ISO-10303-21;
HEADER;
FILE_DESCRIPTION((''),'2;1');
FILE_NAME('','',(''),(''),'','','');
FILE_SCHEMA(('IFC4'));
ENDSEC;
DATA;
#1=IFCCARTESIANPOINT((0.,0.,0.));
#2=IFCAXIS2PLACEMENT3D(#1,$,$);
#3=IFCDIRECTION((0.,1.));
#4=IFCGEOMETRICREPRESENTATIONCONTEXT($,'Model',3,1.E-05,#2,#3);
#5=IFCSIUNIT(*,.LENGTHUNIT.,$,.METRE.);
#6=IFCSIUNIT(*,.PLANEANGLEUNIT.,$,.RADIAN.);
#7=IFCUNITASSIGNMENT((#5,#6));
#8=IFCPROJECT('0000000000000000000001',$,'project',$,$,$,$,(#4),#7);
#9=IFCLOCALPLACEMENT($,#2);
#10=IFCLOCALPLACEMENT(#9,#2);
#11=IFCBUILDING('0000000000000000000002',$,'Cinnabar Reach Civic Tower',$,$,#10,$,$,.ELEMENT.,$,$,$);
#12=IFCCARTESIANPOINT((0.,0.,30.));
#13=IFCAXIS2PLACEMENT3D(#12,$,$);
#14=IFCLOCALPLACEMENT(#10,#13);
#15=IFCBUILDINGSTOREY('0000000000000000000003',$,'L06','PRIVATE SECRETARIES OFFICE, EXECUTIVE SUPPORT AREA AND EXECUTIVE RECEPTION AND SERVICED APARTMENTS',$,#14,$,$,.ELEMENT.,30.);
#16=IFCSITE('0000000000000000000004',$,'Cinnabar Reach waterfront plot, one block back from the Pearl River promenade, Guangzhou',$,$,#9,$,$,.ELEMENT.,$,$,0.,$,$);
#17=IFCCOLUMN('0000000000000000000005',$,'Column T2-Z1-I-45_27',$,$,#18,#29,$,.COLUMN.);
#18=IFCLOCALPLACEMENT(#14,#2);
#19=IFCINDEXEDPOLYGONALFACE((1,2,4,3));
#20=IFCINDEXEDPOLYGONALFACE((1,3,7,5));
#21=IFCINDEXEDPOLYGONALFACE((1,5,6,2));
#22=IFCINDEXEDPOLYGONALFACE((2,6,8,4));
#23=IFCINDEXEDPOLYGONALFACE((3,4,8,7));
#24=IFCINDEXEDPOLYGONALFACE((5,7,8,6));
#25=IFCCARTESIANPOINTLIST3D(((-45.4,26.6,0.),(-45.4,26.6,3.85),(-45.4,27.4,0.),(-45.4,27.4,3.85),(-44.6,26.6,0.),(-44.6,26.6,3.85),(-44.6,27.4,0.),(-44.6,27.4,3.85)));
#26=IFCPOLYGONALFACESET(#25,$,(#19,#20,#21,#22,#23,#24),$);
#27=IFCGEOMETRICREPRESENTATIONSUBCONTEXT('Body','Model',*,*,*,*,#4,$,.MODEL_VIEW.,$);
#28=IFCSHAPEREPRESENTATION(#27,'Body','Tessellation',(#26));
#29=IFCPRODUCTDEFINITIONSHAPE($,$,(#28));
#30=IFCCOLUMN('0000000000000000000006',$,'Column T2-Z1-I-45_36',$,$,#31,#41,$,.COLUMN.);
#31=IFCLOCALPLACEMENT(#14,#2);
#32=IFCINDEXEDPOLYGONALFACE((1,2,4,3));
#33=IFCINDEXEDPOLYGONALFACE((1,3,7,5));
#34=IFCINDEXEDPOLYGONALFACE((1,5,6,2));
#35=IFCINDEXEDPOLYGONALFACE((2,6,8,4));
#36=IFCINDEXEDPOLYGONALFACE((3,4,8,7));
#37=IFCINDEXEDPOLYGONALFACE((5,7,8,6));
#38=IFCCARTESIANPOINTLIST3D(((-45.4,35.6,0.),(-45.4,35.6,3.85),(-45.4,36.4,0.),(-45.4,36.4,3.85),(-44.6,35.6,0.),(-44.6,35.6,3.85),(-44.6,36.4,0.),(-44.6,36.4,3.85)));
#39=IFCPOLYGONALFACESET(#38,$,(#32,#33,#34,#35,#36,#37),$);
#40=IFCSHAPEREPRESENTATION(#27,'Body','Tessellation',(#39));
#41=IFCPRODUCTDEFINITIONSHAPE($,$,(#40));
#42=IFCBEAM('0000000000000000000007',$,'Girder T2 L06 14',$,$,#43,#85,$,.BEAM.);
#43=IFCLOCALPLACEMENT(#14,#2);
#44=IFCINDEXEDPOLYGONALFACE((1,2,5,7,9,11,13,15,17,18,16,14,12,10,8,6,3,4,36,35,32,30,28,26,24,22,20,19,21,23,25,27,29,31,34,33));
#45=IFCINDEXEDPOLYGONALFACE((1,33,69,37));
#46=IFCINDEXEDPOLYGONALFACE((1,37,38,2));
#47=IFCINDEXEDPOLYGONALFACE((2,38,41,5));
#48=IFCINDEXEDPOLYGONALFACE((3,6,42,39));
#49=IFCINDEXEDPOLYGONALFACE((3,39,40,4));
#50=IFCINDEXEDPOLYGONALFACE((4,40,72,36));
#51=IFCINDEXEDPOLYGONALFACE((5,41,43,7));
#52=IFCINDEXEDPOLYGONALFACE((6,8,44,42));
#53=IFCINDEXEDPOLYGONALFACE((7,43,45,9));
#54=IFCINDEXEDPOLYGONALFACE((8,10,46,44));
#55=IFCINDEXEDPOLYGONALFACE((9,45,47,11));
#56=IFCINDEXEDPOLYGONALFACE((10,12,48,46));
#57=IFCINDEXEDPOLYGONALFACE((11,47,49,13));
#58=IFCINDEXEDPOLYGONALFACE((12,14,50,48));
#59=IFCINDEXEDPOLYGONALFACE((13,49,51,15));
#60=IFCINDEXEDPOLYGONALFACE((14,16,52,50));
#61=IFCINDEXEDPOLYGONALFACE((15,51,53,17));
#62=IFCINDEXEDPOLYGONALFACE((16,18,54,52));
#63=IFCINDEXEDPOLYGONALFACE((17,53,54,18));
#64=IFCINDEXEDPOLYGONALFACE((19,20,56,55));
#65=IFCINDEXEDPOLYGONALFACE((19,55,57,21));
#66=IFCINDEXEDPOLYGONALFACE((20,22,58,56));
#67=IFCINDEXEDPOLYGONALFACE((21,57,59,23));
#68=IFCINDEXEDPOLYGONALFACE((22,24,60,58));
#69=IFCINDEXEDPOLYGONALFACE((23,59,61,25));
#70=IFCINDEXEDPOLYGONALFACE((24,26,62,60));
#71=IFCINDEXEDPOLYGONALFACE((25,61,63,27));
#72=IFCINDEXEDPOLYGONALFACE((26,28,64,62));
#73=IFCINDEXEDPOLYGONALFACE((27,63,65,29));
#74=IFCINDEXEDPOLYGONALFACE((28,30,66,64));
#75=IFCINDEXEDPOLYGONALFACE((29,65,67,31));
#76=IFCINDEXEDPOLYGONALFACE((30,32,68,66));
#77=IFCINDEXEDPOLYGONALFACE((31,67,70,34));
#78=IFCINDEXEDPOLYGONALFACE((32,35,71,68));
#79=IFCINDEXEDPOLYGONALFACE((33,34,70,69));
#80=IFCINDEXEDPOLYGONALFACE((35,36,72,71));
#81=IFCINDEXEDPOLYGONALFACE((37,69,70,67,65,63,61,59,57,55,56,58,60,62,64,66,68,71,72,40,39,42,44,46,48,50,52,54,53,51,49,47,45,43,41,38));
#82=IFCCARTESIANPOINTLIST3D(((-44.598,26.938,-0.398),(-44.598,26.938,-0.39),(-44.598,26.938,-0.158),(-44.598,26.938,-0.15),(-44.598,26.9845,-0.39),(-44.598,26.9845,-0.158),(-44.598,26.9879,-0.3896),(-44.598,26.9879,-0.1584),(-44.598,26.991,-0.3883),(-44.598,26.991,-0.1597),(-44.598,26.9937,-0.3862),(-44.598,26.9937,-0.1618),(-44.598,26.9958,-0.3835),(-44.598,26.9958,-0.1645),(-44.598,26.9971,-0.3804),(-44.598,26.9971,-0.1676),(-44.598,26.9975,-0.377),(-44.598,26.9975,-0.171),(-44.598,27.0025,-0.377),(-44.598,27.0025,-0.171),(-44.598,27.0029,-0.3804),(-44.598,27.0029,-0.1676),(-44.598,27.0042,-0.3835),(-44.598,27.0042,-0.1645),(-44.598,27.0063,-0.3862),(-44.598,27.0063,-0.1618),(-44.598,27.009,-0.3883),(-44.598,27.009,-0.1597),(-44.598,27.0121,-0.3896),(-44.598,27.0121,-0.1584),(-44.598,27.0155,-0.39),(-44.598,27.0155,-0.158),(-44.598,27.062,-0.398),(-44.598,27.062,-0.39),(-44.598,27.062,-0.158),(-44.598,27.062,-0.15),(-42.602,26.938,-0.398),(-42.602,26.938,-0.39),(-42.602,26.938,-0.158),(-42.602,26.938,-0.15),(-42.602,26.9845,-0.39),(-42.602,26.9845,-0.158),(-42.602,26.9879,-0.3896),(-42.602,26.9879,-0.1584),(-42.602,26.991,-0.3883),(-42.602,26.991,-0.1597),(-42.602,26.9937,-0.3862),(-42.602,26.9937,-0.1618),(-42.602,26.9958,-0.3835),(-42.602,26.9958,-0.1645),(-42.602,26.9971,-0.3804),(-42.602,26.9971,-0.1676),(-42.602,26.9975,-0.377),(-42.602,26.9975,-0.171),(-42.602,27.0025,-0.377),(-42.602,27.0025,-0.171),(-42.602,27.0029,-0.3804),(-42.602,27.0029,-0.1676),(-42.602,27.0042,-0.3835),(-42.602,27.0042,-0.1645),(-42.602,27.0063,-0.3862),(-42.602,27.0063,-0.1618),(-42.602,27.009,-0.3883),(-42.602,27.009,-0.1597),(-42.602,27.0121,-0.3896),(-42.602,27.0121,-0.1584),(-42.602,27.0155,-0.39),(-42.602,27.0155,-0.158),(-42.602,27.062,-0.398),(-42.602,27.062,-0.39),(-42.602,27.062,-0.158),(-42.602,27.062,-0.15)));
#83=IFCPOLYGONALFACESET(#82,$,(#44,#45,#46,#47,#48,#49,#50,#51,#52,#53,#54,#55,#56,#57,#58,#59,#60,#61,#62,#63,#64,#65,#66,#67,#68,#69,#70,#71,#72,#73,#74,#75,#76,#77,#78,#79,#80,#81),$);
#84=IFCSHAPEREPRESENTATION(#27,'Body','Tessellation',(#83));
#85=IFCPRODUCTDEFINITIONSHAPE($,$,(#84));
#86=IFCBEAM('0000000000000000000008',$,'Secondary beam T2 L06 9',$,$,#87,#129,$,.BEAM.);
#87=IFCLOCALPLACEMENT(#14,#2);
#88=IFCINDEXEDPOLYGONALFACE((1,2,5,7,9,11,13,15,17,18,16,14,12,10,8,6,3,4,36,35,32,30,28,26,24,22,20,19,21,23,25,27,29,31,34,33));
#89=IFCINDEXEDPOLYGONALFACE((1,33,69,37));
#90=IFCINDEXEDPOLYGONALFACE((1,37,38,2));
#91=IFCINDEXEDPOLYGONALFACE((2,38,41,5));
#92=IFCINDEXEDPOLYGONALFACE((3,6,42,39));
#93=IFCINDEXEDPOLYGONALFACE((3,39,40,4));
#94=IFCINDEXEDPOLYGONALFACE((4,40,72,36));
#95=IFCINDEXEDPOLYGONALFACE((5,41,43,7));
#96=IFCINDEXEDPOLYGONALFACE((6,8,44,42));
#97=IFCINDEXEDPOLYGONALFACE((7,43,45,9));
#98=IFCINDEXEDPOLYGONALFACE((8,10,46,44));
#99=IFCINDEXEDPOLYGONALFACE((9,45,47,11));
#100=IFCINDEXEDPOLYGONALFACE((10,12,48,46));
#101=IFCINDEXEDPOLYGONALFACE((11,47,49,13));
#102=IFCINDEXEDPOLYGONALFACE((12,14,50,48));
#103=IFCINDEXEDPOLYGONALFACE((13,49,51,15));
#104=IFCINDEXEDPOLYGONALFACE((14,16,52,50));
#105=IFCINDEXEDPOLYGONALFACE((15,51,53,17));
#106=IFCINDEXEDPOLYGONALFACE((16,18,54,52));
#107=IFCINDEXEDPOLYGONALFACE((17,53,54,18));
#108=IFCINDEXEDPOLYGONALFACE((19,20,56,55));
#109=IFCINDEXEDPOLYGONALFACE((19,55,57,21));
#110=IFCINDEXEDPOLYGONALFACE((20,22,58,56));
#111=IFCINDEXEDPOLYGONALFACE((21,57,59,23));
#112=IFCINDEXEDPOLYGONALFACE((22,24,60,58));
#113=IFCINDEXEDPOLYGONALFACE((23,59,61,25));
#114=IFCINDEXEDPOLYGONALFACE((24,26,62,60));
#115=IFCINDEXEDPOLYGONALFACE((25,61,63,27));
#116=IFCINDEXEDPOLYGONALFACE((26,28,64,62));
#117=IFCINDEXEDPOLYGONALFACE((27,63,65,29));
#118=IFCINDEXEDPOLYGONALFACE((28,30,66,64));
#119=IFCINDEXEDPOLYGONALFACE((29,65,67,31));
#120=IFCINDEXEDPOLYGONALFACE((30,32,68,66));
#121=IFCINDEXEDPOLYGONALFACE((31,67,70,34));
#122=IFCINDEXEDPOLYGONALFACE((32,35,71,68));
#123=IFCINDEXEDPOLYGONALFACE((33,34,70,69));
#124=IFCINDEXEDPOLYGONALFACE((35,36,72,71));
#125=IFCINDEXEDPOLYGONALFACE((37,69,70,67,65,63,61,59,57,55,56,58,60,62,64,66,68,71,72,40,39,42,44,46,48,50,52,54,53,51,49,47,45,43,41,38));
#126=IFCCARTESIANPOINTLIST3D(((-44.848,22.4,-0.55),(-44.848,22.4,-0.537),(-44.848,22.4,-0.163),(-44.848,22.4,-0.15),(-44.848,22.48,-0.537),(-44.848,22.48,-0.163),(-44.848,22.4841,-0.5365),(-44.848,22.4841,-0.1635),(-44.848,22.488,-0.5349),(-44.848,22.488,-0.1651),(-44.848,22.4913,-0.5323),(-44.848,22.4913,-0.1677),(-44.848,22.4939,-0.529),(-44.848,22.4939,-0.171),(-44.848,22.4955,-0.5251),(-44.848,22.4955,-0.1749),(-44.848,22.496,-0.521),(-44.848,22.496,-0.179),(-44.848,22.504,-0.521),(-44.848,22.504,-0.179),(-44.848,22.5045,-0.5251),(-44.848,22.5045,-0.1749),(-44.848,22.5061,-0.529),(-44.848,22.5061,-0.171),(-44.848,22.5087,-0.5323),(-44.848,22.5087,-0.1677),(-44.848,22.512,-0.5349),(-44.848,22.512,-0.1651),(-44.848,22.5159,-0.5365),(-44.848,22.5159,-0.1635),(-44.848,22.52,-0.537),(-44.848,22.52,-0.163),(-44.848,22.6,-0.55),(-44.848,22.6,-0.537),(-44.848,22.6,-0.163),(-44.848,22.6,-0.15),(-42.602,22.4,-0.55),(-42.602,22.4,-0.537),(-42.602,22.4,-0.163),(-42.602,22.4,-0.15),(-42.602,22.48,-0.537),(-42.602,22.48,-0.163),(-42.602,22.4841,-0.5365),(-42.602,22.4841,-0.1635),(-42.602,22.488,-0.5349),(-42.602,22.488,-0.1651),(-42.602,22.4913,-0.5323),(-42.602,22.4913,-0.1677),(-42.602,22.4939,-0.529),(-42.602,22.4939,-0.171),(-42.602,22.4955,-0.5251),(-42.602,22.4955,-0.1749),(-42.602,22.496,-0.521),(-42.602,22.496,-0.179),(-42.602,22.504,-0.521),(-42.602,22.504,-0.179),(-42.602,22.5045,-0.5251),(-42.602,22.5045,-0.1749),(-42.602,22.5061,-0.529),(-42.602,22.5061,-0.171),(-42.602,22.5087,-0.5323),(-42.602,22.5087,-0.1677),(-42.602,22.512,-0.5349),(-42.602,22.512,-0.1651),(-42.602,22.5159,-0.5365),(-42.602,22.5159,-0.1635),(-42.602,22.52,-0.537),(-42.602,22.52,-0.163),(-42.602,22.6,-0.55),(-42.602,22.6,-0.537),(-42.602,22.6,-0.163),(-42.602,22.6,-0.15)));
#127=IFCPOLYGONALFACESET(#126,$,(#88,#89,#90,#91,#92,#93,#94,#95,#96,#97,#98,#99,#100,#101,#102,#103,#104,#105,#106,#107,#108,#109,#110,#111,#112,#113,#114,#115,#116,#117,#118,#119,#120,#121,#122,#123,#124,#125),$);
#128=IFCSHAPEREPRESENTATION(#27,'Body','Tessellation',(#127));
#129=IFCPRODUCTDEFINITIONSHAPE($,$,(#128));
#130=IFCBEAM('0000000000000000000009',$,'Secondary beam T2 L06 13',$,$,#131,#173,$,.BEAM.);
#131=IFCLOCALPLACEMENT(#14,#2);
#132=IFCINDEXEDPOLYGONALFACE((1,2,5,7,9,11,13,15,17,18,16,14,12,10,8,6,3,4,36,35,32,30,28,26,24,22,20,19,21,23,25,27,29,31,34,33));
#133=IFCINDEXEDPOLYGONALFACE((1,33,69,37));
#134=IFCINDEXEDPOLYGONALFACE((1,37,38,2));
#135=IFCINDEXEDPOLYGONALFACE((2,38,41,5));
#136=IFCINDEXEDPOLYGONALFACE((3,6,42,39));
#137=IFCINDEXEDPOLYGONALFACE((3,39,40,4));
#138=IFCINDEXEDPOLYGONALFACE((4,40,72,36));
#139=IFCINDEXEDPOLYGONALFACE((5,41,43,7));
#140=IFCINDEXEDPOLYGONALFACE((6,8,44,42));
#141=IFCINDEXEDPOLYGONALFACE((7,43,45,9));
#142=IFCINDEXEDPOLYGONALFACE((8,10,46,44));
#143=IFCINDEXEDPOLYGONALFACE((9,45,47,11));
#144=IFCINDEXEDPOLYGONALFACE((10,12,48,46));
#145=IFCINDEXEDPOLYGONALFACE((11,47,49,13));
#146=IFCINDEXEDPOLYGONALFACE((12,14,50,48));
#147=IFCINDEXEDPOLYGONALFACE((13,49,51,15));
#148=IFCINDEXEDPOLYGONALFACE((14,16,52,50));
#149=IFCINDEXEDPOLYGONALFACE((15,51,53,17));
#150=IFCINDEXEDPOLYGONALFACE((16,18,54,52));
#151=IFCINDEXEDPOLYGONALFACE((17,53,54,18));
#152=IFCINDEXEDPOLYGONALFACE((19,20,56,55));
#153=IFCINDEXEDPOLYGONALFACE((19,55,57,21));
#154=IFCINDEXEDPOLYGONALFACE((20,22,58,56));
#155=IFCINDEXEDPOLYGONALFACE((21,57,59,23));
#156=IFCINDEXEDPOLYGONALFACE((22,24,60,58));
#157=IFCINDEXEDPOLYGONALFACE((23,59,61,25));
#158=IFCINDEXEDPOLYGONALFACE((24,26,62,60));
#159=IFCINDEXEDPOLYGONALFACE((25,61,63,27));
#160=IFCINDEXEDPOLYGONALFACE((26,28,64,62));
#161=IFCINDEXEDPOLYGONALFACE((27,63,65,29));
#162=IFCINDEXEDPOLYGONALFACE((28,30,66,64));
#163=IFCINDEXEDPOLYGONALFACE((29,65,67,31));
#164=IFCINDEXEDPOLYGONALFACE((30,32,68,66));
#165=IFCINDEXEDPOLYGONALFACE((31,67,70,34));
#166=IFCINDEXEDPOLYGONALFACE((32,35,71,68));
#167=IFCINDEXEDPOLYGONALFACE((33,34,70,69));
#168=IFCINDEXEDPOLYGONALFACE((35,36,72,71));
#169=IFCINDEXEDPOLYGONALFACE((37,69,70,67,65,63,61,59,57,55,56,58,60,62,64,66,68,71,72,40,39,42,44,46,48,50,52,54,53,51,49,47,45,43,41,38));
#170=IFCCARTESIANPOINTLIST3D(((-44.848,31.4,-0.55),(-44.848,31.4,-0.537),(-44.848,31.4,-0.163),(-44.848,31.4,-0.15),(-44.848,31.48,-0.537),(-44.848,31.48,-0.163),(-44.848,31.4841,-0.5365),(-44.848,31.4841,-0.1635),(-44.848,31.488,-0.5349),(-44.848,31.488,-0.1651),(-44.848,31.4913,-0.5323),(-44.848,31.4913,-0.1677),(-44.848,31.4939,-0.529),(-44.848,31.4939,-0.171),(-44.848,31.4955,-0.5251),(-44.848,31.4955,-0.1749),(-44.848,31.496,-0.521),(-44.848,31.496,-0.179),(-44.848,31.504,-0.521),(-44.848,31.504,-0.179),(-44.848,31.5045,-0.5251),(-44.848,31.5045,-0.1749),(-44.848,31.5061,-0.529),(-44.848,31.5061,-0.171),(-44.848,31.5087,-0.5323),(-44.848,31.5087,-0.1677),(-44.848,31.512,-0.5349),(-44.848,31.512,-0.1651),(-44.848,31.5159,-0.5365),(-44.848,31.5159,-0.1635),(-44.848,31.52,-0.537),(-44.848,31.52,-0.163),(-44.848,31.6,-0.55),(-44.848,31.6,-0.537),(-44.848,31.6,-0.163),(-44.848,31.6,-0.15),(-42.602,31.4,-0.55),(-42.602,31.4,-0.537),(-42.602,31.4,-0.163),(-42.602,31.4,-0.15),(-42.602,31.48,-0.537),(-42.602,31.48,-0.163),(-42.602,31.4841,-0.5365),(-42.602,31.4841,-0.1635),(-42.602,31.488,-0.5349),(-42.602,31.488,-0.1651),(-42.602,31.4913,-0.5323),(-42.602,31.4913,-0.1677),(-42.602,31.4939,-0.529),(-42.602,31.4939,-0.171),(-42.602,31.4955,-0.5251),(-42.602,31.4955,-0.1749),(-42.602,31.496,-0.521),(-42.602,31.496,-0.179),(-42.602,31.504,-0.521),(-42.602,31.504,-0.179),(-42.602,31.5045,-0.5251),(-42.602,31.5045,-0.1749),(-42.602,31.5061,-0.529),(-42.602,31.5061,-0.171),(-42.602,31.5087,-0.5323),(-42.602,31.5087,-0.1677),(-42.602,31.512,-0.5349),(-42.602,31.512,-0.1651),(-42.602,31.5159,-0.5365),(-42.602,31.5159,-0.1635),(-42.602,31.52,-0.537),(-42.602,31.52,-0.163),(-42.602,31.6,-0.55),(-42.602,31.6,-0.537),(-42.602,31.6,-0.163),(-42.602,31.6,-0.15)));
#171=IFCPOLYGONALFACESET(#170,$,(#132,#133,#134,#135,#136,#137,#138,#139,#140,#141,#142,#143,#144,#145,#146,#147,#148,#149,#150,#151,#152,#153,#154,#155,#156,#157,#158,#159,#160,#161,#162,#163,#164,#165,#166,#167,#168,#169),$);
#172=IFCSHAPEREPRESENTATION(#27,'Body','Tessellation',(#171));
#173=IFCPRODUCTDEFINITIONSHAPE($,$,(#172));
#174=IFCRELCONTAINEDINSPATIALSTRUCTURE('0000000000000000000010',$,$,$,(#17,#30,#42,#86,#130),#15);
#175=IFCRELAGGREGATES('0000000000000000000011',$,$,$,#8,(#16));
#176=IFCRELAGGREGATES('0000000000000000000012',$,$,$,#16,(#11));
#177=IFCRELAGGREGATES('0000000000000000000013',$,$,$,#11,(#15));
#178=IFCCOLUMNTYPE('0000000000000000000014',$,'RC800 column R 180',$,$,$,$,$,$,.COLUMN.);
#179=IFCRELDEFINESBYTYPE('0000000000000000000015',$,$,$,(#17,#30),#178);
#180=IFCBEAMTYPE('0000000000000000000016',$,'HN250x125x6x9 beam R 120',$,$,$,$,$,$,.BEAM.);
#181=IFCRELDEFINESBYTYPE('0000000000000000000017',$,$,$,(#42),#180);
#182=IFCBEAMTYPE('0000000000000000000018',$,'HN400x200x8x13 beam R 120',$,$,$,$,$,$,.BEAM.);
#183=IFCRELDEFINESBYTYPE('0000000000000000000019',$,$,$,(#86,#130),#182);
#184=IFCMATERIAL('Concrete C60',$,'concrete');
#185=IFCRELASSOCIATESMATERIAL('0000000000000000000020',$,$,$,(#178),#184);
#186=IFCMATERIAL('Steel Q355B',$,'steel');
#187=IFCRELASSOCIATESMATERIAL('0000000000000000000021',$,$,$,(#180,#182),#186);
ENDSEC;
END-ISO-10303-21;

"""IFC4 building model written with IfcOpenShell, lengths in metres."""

from ifc_helpers import new_model, si_unit, direction, frame, origin, origin_2d, place, context, subcontext, project, spatial, rectangle, i_section, extrude, material, material_profile, profile_set, type_object, element, save


model = new_model("IFC4")

# Units and contexts
model_context = context("Model", 3, precision=1e-05, world=origin(), true_north=direction((0.0, 1.0)))
body_context = subcontext(model_context, "Body", "Model", "MODEL_VIEW")
ifc_project = project(units=[si_unit("LENGTHUNIT", "METRE"), si_unit("PLANEANGLEUNIT", "RADIAN")], contexts=[model_context])

# Site, building, storey
site_placement = place(None, origin())
site = spatial("IfcSite", under=ifc_project, at=site_placement, Name="Cinnabar Reach waterfront plot, one block back from the Pearl River promenade, Guangzhou", CompositionType="ELEMENT", RefElevation=0.0)
building_placement = place(site_placement, origin())
building = spatial("IfcBuilding", under=site, at=building_placement, Name="Cinnabar Reach Civic Tower", CompositionType="ELEMENT")
storey_placement = place(building_placement, frame((0.0, 0.0, 30.0)))
storey = spatial("IfcBuildingStorey", under=building, at=storey_placement, Name="L06", Description="PRIVATE SECRETARIES OFFICE, EXECUTIVE SUPPORT AREA AND EXECUTIVE RECEPTION AND SERVICED APARTMENTS", CompositionType="ELEMENT", Elevation=30.0)

# Columns
ifc_material_1 = material(Name="Concrete C60", Category="concrete")
ifc_material_profile_1 = material_profile(ifc_material_1, rectangle(XDim=0.8, YDim=0.8, at=origin_2d()), Name="RC800")
ifc_profile_set_1 = profile_set([ifc_material_profile_1], Name="Concrete C60")
column_type = type_object("IfcColumnType", Name="RC800 column R 180", PredefinedType="COLUMN", material=ifc_profile_set_1)
for number, where, z_axis, x_axis, name in (
    (1, (-45.0, 27.0, 0.0), (0.0, 0.0, 1.0), (1.0, 0.0, 0.0), "Column T2-Z1-I-45_27"),
    (2, (-45.0, 36.0, 0.0), (0.0, 0.0, 1.0), (1.0, 0.0, 0.0), "Column T2-Z1-I-45_36"),
):
    element("IfcColumn", number, at=place(storey_placement, frame(where, z_axis=z_axis, x_axis=x_axis)), inside=storey, type_object=column_type, Name=name, PredefinedType="COLUMN", context=body_context, shape_type="SweptSolid", body=[
        extrude(rectangle(XDim=0.8, YDim=0.8, at=origin_2d()), origin(), (0.0, 0.0, 1.0), 3.85),
    ])

# Beams
ifc_material_2 = material(Name="Steel Q355B", Category="steel")
ifc_material_profile_2 = material_profile(ifc_material_2, i_section(OverallWidth=0.124, OverallDepth=0.248, WebThickness=0.005, FlangeThickness=0.008, FilletRadius=0.013, at=origin_2d()), Name="HN250x125x6x9")
ifc_profile_set_2 = profile_set([ifc_material_profile_2], Name="Steel Q355B")
beam_type_1 = type_object("IfcBeamType", Name="HN250x125x6x9 beam R 120", PredefinedType="BEAM", material=ifc_profile_set_2)
beam_1_placement = place(storey_placement, frame((-44.598, 27.0, -0.274), z_axis=(1.0, 0.0, 0.0), x_axis=(0.0, 1.0, 0.0)))
element("IfcBeam", 3, at=beam_1_placement, inside=storey, type_object=beam_type_1, Name="Girder T2 L06 14", PredefinedType="BEAM", context=body_context, shape_type="SweptSolid", body=[
    extrude(i_section(OverallWidth=0.124, OverallDepth=0.248, WebThickness=0.005, FlangeThickness=0.008, FilletRadius=0.013, at=origin_2d()), origin(), (0.0, 0.0, 1.0), 1.996),
])
ifc_material_profile_3 = material_profile(ifc_material_2, i_section(OverallWidth=0.2, OverallDepth=0.4, WebThickness=0.008, FlangeThickness=0.013, FilletRadius=0.016, at=origin_2d()), Name="HN400x200x8x13")
ifc_profile_set_3 = profile_set([ifc_material_profile_3], Name="Steel Q355B")
beam_type_2 = type_object("IfcBeamType", Name="HN400x200x8x13 beam R 120", PredefinedType="BEAM", material=ifc_profile_set_3)
for number, where, z_axis, x_axis, name in (
    (4, (-44.848, 22.5, -0.35), (1.0, 0.0, 0.0), (0.0, 1.0, 0.0), "Secondary beam T2 L06 9"),
    (5, (-44.848, 31.5, -0.35), (1.0, 0.0, 0.0), (0.0, 1.0, 0.0), "Secondary beam T2 L06 13"),
):
    element("IfcBeam", number, at=place(storey_placement, frame(where, z_axis=z_axis, x_axis=x_axis)), inside=storey, type_object=beam_type_2, Name=name, PredefinedType="BEAM", context=body_context, shape_type="SweptSolid", body=[
        extrude(i_section(OverallWidth=0.2, OverallDepth=0.4, WebThickness=0.008, FlangeThickness=0.013, FilletRadius=0.016, at=origin_2d()), origin(), (0.0, 0.0, 1.0), 2.246),
    ])

save(model, "model.ifc")
